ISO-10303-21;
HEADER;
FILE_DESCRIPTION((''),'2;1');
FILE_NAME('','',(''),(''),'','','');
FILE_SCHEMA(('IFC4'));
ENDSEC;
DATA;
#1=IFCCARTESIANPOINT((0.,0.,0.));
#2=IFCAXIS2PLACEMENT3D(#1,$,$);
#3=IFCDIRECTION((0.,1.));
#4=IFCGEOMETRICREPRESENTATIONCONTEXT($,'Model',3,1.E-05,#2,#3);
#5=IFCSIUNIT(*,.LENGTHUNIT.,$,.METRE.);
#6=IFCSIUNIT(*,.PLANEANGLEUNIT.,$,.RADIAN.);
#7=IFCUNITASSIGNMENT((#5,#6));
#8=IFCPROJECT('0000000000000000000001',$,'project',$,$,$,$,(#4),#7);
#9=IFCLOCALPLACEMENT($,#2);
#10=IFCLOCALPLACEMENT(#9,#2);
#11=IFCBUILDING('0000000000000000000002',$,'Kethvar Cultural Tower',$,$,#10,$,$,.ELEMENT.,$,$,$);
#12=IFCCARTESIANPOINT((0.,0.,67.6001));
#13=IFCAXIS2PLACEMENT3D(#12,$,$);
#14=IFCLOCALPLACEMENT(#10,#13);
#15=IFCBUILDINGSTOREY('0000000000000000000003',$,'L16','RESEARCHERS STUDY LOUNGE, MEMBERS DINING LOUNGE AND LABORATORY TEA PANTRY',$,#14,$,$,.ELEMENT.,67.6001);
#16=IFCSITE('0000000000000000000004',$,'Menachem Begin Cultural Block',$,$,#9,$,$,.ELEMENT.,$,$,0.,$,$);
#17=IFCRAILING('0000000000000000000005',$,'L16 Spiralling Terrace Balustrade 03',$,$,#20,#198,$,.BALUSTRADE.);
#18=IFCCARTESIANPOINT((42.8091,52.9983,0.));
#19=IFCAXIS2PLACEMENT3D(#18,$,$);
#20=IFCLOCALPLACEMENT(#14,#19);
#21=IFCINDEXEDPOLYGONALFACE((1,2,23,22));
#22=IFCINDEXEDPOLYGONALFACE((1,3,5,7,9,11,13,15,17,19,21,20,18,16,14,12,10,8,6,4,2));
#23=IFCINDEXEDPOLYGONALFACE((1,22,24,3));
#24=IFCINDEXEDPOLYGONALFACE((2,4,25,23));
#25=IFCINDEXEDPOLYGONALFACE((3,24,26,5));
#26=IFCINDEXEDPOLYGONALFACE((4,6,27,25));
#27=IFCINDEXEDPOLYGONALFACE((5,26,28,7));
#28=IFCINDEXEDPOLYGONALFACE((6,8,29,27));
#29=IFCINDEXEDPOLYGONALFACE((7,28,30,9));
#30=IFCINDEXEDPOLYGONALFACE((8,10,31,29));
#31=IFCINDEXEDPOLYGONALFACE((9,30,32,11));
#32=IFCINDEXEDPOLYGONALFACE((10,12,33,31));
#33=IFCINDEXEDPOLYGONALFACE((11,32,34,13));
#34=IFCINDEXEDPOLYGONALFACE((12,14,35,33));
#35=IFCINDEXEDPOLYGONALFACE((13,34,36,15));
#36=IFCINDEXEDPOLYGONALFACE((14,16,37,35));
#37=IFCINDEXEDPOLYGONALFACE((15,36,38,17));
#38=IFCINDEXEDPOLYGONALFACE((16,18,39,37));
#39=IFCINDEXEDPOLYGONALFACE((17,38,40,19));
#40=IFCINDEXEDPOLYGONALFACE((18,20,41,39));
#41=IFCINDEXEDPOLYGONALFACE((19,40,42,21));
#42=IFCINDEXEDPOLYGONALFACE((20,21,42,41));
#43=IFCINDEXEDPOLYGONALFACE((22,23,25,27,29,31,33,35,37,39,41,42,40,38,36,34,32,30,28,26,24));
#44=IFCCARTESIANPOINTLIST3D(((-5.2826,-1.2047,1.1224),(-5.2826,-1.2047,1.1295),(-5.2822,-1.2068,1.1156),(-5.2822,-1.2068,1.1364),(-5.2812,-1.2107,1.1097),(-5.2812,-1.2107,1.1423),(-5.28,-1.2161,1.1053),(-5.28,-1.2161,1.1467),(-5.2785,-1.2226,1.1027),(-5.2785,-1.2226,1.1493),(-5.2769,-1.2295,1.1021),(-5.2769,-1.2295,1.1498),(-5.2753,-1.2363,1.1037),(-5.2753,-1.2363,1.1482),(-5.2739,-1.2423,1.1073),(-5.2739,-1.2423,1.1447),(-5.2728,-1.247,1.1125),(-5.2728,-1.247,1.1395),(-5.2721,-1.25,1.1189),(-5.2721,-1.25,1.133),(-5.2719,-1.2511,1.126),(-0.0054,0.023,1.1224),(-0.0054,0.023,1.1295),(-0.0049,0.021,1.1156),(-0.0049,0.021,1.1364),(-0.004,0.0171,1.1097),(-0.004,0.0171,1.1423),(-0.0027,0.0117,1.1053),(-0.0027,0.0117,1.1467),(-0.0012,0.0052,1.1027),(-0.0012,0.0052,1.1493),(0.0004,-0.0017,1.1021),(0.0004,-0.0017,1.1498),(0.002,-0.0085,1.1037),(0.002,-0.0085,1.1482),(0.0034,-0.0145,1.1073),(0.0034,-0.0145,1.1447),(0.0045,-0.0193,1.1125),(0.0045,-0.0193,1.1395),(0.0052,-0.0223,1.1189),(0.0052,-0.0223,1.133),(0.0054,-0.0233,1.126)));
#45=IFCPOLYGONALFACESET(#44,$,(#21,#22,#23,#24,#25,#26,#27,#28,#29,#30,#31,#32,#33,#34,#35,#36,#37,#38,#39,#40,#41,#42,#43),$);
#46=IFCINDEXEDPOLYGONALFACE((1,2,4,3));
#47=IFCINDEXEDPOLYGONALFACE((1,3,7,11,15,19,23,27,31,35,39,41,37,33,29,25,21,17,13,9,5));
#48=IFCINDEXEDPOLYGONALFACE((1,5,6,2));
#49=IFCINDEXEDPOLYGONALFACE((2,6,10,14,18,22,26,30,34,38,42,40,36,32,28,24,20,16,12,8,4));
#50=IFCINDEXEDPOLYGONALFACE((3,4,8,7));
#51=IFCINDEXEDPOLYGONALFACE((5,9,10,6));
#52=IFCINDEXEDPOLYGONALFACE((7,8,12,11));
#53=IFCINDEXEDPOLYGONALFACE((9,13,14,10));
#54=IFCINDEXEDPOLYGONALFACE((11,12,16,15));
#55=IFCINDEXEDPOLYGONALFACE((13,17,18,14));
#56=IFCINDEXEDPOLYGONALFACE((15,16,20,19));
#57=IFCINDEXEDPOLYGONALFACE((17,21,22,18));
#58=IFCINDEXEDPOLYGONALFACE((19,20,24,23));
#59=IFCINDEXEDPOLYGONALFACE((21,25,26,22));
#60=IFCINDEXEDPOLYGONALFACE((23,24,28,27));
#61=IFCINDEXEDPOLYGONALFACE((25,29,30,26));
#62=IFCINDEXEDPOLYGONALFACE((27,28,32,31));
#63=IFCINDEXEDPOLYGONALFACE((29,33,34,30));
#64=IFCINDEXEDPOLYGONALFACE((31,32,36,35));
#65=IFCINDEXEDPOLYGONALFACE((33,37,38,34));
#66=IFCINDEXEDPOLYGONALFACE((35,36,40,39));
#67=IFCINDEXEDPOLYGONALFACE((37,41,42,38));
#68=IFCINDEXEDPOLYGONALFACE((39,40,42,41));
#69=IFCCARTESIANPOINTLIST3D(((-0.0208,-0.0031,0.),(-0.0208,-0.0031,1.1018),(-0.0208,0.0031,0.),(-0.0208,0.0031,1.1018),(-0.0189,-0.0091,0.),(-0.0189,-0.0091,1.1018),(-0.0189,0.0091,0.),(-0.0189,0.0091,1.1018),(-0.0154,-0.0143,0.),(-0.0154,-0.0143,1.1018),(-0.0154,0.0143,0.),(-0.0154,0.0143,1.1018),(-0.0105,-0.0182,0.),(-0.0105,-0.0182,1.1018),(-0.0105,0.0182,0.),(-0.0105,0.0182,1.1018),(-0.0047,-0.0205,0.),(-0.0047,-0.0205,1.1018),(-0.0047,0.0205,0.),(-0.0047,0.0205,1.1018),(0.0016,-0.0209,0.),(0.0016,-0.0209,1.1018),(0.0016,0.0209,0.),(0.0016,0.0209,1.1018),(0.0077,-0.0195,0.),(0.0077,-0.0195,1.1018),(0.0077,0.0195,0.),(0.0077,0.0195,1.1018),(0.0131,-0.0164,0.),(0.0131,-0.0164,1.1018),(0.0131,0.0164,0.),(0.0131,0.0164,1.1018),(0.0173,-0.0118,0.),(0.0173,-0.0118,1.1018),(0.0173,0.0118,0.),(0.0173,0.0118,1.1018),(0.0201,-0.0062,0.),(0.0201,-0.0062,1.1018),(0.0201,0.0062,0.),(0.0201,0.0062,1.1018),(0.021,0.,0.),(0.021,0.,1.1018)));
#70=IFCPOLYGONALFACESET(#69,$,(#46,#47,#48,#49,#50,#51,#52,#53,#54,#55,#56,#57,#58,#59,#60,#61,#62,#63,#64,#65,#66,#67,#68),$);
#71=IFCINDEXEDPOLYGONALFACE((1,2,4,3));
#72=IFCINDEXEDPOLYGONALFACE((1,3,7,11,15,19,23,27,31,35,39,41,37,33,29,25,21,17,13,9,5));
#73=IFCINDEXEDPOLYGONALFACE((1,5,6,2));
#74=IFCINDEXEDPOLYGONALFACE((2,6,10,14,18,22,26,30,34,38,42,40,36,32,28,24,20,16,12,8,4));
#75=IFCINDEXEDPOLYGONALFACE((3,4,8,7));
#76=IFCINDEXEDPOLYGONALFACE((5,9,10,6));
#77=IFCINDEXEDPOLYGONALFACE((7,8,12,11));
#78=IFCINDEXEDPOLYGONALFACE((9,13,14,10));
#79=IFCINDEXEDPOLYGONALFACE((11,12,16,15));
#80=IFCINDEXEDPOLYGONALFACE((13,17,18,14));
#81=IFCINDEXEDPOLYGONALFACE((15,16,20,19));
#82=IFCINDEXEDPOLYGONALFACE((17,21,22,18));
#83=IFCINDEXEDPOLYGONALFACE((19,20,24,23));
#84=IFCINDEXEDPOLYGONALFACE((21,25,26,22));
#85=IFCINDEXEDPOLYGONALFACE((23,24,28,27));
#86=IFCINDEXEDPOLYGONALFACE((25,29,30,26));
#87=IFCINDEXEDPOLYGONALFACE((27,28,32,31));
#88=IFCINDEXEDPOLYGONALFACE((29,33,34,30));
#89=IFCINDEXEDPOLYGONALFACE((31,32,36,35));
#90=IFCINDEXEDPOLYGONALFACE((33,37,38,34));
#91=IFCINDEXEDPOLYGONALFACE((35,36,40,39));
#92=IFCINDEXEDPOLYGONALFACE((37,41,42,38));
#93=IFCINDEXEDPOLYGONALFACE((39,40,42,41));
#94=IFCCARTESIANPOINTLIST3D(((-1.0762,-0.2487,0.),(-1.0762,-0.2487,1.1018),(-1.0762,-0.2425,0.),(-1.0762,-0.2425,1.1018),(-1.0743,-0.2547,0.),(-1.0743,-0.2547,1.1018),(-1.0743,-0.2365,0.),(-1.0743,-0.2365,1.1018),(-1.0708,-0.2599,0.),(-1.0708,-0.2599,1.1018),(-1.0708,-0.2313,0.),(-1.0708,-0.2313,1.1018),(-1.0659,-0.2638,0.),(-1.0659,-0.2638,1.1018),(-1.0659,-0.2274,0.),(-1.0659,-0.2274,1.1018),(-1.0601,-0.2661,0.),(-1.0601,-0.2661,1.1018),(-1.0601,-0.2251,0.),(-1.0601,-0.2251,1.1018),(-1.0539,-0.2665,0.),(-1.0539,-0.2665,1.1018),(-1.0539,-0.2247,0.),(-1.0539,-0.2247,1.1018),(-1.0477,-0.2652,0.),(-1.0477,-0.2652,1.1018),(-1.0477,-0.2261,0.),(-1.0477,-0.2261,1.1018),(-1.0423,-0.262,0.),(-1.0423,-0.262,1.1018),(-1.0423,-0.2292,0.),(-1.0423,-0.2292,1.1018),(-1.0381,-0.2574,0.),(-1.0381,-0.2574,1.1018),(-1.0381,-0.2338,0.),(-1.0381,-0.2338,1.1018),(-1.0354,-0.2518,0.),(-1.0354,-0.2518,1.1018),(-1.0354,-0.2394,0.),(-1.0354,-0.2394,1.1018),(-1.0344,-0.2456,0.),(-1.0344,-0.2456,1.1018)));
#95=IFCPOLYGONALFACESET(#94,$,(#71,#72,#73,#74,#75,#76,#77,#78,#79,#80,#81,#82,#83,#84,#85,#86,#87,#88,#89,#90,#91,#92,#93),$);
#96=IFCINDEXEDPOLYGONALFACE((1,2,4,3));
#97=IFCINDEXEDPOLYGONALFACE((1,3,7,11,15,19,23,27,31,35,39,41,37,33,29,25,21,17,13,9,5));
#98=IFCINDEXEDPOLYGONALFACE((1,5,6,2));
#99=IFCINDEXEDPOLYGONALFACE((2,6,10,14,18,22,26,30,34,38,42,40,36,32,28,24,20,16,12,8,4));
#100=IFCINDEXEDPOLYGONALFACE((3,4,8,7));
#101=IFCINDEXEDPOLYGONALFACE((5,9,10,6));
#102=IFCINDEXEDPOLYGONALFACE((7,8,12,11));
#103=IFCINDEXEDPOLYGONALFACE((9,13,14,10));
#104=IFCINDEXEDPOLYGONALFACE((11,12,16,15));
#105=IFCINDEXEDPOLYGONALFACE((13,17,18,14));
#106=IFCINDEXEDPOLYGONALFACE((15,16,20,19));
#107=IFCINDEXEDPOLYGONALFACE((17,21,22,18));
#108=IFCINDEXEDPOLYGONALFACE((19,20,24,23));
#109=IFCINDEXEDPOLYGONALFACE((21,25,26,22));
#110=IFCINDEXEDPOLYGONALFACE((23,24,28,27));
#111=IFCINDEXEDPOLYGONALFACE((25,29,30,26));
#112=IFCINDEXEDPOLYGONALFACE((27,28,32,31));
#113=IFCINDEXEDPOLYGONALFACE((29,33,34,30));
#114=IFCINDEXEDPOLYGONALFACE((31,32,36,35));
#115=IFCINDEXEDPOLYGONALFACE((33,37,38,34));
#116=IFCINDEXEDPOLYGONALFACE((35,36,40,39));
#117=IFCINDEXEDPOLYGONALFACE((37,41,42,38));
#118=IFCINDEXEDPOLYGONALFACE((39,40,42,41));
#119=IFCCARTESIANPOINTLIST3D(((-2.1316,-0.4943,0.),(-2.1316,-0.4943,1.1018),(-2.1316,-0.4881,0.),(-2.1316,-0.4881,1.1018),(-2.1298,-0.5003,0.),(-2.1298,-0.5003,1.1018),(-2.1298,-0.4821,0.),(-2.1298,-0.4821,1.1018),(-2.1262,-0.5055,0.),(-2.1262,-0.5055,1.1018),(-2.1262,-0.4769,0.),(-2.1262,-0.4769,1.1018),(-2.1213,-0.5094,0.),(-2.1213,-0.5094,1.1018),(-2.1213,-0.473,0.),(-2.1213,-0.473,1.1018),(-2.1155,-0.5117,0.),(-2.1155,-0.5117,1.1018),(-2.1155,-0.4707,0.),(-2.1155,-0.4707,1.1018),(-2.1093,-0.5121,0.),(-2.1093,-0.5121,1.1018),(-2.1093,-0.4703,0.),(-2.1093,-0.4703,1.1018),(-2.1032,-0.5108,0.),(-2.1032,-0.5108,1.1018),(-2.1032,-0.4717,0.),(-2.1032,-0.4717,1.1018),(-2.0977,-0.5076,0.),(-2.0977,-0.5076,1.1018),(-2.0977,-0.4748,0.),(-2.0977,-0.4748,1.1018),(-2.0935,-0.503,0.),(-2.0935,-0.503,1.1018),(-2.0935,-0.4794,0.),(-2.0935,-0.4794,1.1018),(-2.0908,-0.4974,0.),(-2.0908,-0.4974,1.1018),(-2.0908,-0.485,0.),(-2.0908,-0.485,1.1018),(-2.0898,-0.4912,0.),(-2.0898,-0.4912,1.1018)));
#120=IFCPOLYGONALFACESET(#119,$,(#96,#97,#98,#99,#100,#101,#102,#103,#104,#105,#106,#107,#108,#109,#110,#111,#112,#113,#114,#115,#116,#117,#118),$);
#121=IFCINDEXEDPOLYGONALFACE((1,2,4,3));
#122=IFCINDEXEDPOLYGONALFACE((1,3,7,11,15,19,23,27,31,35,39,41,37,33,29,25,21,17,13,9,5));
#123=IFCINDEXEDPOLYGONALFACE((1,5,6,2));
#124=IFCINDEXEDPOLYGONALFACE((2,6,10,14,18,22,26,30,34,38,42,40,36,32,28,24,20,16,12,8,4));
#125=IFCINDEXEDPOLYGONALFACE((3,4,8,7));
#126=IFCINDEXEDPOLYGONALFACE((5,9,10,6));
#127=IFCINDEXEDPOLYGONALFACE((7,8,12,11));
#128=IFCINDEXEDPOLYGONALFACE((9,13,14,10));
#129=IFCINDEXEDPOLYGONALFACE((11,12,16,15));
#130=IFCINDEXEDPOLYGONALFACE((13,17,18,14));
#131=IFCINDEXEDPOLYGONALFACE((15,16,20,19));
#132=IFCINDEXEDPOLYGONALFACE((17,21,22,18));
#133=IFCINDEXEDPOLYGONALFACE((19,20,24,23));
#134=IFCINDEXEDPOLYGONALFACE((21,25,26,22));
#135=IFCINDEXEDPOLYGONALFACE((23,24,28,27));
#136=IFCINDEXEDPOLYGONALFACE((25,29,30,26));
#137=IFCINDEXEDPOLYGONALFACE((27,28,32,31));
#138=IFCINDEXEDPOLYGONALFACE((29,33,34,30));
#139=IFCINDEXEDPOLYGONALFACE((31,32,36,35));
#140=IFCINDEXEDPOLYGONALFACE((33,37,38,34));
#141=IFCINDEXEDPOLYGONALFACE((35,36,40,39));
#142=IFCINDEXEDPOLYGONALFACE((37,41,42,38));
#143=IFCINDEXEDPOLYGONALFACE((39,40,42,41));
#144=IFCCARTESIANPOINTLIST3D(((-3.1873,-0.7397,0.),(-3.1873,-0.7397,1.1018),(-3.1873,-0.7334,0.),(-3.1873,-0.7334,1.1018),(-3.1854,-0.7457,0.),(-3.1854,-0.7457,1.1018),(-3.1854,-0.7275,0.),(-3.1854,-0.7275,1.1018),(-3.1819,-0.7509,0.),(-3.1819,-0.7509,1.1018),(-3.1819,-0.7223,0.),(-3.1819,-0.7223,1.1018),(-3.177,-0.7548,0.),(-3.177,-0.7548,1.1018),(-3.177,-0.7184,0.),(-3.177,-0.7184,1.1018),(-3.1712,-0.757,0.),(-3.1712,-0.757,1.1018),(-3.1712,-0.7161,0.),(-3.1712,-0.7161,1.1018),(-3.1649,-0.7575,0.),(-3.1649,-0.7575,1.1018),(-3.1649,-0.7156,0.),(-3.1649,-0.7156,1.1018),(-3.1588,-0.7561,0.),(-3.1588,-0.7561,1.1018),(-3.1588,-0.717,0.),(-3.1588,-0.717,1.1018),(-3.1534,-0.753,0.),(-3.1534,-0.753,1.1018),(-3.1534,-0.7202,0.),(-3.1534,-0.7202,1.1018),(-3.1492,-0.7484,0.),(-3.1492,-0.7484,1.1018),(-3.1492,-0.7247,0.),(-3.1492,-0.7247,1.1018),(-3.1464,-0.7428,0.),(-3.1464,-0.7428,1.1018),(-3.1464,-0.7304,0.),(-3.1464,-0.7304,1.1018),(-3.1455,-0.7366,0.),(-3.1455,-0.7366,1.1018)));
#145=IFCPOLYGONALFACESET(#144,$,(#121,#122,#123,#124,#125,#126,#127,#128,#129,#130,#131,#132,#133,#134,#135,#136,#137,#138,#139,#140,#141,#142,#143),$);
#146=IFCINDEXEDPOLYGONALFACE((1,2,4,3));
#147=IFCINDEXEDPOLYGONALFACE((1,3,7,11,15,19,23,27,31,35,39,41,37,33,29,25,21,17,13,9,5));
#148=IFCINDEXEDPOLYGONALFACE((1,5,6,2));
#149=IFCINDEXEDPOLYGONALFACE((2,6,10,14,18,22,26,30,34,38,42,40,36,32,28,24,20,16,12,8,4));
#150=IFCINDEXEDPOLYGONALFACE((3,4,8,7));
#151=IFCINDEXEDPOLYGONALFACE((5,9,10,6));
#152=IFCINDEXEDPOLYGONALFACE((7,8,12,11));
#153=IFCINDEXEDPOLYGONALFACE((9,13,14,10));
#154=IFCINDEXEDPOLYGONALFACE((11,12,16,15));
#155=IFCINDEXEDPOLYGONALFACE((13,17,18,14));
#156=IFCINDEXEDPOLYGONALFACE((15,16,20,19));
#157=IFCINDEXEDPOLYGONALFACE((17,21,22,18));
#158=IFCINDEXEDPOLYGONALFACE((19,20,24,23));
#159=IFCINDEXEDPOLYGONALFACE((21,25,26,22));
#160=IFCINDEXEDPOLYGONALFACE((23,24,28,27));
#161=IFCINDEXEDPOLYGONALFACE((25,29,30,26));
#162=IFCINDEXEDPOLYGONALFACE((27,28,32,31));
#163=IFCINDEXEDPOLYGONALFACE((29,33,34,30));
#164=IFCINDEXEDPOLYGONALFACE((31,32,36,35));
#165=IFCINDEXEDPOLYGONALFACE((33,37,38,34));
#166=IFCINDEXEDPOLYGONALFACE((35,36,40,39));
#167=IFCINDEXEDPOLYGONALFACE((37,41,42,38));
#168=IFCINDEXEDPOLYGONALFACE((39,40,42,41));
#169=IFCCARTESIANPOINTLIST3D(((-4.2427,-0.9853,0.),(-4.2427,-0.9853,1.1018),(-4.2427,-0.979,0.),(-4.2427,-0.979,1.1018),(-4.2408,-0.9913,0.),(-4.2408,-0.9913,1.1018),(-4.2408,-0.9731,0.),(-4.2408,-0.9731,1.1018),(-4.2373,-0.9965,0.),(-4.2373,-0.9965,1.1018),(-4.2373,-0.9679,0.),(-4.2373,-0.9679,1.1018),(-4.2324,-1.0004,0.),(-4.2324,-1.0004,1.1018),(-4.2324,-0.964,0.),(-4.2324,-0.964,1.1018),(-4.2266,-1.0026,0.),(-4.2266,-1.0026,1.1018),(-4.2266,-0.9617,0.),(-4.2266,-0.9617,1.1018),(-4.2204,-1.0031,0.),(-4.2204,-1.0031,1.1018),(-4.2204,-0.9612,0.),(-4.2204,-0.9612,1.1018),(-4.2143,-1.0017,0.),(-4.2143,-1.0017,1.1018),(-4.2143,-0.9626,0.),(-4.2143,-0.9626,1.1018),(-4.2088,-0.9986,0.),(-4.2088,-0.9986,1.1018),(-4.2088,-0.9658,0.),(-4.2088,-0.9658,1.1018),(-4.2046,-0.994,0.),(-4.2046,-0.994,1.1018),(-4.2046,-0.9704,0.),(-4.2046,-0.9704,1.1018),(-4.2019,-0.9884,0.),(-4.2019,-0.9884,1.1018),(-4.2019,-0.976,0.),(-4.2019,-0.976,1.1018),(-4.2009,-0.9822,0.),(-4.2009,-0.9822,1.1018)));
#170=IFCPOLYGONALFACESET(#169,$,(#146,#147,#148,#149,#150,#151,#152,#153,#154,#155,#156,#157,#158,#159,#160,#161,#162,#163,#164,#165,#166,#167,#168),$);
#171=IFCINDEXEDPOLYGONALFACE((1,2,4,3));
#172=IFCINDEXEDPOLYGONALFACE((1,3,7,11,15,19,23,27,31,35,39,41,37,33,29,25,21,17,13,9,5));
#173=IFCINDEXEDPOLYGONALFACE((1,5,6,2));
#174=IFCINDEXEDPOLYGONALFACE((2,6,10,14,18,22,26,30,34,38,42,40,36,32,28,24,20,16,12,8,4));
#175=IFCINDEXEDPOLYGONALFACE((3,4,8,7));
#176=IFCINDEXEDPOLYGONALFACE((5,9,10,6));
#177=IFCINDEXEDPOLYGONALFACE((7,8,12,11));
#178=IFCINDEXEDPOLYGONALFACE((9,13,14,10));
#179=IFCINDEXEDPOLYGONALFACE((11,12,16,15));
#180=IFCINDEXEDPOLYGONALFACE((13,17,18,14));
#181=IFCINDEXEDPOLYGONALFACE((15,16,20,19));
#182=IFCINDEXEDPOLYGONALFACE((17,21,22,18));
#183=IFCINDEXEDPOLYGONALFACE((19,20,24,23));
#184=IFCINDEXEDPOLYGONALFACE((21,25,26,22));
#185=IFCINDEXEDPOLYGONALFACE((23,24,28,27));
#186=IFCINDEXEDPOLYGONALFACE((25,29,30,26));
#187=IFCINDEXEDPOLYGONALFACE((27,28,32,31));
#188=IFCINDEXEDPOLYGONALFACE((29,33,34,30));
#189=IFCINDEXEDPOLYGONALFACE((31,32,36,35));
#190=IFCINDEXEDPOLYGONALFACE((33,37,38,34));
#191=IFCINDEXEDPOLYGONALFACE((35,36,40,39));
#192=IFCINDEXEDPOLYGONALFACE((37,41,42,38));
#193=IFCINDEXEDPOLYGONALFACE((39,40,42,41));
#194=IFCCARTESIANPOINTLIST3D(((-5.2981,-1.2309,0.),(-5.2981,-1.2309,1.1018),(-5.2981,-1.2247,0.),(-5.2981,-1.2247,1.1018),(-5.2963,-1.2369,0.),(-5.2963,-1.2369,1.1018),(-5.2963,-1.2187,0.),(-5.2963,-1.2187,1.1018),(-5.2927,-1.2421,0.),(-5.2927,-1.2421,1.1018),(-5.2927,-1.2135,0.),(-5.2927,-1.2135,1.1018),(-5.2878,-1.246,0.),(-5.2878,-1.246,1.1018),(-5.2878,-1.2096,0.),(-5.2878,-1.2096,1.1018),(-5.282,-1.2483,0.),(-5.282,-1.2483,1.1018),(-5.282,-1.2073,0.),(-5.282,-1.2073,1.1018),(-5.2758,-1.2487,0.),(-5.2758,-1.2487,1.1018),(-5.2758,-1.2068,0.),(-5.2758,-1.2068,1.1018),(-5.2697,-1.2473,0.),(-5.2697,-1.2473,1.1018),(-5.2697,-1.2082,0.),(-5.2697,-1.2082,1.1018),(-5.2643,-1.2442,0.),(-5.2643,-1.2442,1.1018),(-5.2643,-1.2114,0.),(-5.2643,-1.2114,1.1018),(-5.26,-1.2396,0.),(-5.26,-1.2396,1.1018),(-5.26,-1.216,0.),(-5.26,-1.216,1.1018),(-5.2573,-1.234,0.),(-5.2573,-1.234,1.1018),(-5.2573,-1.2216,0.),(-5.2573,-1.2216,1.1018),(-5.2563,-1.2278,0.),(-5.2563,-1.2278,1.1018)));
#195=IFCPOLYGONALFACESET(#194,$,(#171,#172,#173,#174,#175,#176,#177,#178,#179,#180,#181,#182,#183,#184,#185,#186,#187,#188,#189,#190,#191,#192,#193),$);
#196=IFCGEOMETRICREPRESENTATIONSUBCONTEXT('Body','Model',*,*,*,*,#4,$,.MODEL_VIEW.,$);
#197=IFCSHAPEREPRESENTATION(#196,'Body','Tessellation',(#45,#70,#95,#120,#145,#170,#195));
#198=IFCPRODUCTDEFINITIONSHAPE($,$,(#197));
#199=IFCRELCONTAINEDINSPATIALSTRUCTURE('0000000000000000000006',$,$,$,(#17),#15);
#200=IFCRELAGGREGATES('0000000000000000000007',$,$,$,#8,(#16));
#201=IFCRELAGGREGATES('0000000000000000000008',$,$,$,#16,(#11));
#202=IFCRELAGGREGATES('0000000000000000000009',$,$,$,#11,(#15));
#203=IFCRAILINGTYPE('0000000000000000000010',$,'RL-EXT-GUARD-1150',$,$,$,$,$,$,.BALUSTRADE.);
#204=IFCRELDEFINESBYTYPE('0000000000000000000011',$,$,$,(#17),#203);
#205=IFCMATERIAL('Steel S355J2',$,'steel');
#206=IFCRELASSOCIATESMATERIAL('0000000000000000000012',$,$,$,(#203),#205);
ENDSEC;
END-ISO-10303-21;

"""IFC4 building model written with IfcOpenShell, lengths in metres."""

from ifc_helpers import new_model, si_unit, direction, frame, origin, origin_2d, place, context, subcontext, project, spatial, circle, extrude, material, type_object, element, save


model = new_model("IFC4")

# Units and contexts
model_context = context("Model", 3, precision=1e-05, world=origin(), true_north=direction((0.0, 1.0)))
body_context = subcontext(model_context, "Body", "Model", "MODEL_VIEW")
ifc_project = project(units=[si_unit("LENGTHUNIT", "METRE"), si_unit("PLANEANGLEUNIT", "RADIAN")], contexts=[model_context])

# Site, building, storey
site_placement = place(None, origin())
site = spatial("IfcSite", under=ifc_project, at=site_placement, Name="Menachem Begin Cultural Block", CompositionType="ELEMENT", RefElevation=0.0)
building_placement = place(site_placement, origin())
building = spatial("IfcBuilding", under=site, at=building_placement, Name="Kethvar Cultural Tower", CompositionType="ELEMENT")
storey_placement = place(building_placement, frame((0.0, 0.0, 67.6001)))
storey = spatial("IfcBuildingStorey", under=building, at=storey_placement, Name="L16", Description="RESEARCHERS STUDY LOUNGE, MEMBERS DINING LOUNGE AND LABORATORY TEA PANTRY", CompositionType="ELEMENT", Elevation=67.6001)

# Shared definitions
ifc_material_1 = material(Name="Steel S355J2", Category="steel")

# Railing
railing_type = type_object("IfcRailingType", Name="RL-EXT-GUARD-1150", PredefinedType="BALUSTRADE", material=ifc_material_1)
railing_1_placement = place(storey_placement, frame((42.8091, 52.9983, 0.0)))
element("IfcRailing", 1, at=railing_1_placement, inside=storey, type_object=railing_type, Name="L16 Spiralling Terrace Balustrade 03", PredefinedType="BALUSTRADE", context=body_context, shape_type="SweptSolid", body=[
    extrude(circle(Radius=0.0239, at=origin_2d()), frame((0.0, 0.0, 1.126), z_axis=(-0.973988, -0.2266, 0.0), x_axis=(0.2266, -0.973988, 0.0)), (0.0, 0.0, 1.0), 5.4182),
    extrude(circle(Radius=0.021, at=origin_2d()), origin(), (0.0, 0.0, 1.0), 1.1018),
    extrude(circle(Radius=0.021, at=origin_2d()), frame((-1.0554, -0.2456, 0.0)), (0.0, 0.0, 1.0), 1.1018),
    extrude(circle(Radius=0.021, at=origin_2d()), frame((-2.1108, -0.4912, 0.0)), (0.0, 0.0, 1.0), 1.1018),
    extrude(circle(Radius=0.021, at=origin_2d()), frame((-3.1665, -0.7366, 0.0)), (0.0, 0.0, 1.0), 1.1018),
    extrude(circle(Radius=0.021, at=origin_2d()), frame((-4.2219, -0.9822, 0.0)), (0.0, 0.0, 1.0), 1.1018),
    extrude(circle(Radius=0.021, at=origin_2d()), frame((-5.2773, -1.2278, 0.0)), (0.0, 0.0, 1.0), 1.1018),
])

save(model, "model.ifc")
